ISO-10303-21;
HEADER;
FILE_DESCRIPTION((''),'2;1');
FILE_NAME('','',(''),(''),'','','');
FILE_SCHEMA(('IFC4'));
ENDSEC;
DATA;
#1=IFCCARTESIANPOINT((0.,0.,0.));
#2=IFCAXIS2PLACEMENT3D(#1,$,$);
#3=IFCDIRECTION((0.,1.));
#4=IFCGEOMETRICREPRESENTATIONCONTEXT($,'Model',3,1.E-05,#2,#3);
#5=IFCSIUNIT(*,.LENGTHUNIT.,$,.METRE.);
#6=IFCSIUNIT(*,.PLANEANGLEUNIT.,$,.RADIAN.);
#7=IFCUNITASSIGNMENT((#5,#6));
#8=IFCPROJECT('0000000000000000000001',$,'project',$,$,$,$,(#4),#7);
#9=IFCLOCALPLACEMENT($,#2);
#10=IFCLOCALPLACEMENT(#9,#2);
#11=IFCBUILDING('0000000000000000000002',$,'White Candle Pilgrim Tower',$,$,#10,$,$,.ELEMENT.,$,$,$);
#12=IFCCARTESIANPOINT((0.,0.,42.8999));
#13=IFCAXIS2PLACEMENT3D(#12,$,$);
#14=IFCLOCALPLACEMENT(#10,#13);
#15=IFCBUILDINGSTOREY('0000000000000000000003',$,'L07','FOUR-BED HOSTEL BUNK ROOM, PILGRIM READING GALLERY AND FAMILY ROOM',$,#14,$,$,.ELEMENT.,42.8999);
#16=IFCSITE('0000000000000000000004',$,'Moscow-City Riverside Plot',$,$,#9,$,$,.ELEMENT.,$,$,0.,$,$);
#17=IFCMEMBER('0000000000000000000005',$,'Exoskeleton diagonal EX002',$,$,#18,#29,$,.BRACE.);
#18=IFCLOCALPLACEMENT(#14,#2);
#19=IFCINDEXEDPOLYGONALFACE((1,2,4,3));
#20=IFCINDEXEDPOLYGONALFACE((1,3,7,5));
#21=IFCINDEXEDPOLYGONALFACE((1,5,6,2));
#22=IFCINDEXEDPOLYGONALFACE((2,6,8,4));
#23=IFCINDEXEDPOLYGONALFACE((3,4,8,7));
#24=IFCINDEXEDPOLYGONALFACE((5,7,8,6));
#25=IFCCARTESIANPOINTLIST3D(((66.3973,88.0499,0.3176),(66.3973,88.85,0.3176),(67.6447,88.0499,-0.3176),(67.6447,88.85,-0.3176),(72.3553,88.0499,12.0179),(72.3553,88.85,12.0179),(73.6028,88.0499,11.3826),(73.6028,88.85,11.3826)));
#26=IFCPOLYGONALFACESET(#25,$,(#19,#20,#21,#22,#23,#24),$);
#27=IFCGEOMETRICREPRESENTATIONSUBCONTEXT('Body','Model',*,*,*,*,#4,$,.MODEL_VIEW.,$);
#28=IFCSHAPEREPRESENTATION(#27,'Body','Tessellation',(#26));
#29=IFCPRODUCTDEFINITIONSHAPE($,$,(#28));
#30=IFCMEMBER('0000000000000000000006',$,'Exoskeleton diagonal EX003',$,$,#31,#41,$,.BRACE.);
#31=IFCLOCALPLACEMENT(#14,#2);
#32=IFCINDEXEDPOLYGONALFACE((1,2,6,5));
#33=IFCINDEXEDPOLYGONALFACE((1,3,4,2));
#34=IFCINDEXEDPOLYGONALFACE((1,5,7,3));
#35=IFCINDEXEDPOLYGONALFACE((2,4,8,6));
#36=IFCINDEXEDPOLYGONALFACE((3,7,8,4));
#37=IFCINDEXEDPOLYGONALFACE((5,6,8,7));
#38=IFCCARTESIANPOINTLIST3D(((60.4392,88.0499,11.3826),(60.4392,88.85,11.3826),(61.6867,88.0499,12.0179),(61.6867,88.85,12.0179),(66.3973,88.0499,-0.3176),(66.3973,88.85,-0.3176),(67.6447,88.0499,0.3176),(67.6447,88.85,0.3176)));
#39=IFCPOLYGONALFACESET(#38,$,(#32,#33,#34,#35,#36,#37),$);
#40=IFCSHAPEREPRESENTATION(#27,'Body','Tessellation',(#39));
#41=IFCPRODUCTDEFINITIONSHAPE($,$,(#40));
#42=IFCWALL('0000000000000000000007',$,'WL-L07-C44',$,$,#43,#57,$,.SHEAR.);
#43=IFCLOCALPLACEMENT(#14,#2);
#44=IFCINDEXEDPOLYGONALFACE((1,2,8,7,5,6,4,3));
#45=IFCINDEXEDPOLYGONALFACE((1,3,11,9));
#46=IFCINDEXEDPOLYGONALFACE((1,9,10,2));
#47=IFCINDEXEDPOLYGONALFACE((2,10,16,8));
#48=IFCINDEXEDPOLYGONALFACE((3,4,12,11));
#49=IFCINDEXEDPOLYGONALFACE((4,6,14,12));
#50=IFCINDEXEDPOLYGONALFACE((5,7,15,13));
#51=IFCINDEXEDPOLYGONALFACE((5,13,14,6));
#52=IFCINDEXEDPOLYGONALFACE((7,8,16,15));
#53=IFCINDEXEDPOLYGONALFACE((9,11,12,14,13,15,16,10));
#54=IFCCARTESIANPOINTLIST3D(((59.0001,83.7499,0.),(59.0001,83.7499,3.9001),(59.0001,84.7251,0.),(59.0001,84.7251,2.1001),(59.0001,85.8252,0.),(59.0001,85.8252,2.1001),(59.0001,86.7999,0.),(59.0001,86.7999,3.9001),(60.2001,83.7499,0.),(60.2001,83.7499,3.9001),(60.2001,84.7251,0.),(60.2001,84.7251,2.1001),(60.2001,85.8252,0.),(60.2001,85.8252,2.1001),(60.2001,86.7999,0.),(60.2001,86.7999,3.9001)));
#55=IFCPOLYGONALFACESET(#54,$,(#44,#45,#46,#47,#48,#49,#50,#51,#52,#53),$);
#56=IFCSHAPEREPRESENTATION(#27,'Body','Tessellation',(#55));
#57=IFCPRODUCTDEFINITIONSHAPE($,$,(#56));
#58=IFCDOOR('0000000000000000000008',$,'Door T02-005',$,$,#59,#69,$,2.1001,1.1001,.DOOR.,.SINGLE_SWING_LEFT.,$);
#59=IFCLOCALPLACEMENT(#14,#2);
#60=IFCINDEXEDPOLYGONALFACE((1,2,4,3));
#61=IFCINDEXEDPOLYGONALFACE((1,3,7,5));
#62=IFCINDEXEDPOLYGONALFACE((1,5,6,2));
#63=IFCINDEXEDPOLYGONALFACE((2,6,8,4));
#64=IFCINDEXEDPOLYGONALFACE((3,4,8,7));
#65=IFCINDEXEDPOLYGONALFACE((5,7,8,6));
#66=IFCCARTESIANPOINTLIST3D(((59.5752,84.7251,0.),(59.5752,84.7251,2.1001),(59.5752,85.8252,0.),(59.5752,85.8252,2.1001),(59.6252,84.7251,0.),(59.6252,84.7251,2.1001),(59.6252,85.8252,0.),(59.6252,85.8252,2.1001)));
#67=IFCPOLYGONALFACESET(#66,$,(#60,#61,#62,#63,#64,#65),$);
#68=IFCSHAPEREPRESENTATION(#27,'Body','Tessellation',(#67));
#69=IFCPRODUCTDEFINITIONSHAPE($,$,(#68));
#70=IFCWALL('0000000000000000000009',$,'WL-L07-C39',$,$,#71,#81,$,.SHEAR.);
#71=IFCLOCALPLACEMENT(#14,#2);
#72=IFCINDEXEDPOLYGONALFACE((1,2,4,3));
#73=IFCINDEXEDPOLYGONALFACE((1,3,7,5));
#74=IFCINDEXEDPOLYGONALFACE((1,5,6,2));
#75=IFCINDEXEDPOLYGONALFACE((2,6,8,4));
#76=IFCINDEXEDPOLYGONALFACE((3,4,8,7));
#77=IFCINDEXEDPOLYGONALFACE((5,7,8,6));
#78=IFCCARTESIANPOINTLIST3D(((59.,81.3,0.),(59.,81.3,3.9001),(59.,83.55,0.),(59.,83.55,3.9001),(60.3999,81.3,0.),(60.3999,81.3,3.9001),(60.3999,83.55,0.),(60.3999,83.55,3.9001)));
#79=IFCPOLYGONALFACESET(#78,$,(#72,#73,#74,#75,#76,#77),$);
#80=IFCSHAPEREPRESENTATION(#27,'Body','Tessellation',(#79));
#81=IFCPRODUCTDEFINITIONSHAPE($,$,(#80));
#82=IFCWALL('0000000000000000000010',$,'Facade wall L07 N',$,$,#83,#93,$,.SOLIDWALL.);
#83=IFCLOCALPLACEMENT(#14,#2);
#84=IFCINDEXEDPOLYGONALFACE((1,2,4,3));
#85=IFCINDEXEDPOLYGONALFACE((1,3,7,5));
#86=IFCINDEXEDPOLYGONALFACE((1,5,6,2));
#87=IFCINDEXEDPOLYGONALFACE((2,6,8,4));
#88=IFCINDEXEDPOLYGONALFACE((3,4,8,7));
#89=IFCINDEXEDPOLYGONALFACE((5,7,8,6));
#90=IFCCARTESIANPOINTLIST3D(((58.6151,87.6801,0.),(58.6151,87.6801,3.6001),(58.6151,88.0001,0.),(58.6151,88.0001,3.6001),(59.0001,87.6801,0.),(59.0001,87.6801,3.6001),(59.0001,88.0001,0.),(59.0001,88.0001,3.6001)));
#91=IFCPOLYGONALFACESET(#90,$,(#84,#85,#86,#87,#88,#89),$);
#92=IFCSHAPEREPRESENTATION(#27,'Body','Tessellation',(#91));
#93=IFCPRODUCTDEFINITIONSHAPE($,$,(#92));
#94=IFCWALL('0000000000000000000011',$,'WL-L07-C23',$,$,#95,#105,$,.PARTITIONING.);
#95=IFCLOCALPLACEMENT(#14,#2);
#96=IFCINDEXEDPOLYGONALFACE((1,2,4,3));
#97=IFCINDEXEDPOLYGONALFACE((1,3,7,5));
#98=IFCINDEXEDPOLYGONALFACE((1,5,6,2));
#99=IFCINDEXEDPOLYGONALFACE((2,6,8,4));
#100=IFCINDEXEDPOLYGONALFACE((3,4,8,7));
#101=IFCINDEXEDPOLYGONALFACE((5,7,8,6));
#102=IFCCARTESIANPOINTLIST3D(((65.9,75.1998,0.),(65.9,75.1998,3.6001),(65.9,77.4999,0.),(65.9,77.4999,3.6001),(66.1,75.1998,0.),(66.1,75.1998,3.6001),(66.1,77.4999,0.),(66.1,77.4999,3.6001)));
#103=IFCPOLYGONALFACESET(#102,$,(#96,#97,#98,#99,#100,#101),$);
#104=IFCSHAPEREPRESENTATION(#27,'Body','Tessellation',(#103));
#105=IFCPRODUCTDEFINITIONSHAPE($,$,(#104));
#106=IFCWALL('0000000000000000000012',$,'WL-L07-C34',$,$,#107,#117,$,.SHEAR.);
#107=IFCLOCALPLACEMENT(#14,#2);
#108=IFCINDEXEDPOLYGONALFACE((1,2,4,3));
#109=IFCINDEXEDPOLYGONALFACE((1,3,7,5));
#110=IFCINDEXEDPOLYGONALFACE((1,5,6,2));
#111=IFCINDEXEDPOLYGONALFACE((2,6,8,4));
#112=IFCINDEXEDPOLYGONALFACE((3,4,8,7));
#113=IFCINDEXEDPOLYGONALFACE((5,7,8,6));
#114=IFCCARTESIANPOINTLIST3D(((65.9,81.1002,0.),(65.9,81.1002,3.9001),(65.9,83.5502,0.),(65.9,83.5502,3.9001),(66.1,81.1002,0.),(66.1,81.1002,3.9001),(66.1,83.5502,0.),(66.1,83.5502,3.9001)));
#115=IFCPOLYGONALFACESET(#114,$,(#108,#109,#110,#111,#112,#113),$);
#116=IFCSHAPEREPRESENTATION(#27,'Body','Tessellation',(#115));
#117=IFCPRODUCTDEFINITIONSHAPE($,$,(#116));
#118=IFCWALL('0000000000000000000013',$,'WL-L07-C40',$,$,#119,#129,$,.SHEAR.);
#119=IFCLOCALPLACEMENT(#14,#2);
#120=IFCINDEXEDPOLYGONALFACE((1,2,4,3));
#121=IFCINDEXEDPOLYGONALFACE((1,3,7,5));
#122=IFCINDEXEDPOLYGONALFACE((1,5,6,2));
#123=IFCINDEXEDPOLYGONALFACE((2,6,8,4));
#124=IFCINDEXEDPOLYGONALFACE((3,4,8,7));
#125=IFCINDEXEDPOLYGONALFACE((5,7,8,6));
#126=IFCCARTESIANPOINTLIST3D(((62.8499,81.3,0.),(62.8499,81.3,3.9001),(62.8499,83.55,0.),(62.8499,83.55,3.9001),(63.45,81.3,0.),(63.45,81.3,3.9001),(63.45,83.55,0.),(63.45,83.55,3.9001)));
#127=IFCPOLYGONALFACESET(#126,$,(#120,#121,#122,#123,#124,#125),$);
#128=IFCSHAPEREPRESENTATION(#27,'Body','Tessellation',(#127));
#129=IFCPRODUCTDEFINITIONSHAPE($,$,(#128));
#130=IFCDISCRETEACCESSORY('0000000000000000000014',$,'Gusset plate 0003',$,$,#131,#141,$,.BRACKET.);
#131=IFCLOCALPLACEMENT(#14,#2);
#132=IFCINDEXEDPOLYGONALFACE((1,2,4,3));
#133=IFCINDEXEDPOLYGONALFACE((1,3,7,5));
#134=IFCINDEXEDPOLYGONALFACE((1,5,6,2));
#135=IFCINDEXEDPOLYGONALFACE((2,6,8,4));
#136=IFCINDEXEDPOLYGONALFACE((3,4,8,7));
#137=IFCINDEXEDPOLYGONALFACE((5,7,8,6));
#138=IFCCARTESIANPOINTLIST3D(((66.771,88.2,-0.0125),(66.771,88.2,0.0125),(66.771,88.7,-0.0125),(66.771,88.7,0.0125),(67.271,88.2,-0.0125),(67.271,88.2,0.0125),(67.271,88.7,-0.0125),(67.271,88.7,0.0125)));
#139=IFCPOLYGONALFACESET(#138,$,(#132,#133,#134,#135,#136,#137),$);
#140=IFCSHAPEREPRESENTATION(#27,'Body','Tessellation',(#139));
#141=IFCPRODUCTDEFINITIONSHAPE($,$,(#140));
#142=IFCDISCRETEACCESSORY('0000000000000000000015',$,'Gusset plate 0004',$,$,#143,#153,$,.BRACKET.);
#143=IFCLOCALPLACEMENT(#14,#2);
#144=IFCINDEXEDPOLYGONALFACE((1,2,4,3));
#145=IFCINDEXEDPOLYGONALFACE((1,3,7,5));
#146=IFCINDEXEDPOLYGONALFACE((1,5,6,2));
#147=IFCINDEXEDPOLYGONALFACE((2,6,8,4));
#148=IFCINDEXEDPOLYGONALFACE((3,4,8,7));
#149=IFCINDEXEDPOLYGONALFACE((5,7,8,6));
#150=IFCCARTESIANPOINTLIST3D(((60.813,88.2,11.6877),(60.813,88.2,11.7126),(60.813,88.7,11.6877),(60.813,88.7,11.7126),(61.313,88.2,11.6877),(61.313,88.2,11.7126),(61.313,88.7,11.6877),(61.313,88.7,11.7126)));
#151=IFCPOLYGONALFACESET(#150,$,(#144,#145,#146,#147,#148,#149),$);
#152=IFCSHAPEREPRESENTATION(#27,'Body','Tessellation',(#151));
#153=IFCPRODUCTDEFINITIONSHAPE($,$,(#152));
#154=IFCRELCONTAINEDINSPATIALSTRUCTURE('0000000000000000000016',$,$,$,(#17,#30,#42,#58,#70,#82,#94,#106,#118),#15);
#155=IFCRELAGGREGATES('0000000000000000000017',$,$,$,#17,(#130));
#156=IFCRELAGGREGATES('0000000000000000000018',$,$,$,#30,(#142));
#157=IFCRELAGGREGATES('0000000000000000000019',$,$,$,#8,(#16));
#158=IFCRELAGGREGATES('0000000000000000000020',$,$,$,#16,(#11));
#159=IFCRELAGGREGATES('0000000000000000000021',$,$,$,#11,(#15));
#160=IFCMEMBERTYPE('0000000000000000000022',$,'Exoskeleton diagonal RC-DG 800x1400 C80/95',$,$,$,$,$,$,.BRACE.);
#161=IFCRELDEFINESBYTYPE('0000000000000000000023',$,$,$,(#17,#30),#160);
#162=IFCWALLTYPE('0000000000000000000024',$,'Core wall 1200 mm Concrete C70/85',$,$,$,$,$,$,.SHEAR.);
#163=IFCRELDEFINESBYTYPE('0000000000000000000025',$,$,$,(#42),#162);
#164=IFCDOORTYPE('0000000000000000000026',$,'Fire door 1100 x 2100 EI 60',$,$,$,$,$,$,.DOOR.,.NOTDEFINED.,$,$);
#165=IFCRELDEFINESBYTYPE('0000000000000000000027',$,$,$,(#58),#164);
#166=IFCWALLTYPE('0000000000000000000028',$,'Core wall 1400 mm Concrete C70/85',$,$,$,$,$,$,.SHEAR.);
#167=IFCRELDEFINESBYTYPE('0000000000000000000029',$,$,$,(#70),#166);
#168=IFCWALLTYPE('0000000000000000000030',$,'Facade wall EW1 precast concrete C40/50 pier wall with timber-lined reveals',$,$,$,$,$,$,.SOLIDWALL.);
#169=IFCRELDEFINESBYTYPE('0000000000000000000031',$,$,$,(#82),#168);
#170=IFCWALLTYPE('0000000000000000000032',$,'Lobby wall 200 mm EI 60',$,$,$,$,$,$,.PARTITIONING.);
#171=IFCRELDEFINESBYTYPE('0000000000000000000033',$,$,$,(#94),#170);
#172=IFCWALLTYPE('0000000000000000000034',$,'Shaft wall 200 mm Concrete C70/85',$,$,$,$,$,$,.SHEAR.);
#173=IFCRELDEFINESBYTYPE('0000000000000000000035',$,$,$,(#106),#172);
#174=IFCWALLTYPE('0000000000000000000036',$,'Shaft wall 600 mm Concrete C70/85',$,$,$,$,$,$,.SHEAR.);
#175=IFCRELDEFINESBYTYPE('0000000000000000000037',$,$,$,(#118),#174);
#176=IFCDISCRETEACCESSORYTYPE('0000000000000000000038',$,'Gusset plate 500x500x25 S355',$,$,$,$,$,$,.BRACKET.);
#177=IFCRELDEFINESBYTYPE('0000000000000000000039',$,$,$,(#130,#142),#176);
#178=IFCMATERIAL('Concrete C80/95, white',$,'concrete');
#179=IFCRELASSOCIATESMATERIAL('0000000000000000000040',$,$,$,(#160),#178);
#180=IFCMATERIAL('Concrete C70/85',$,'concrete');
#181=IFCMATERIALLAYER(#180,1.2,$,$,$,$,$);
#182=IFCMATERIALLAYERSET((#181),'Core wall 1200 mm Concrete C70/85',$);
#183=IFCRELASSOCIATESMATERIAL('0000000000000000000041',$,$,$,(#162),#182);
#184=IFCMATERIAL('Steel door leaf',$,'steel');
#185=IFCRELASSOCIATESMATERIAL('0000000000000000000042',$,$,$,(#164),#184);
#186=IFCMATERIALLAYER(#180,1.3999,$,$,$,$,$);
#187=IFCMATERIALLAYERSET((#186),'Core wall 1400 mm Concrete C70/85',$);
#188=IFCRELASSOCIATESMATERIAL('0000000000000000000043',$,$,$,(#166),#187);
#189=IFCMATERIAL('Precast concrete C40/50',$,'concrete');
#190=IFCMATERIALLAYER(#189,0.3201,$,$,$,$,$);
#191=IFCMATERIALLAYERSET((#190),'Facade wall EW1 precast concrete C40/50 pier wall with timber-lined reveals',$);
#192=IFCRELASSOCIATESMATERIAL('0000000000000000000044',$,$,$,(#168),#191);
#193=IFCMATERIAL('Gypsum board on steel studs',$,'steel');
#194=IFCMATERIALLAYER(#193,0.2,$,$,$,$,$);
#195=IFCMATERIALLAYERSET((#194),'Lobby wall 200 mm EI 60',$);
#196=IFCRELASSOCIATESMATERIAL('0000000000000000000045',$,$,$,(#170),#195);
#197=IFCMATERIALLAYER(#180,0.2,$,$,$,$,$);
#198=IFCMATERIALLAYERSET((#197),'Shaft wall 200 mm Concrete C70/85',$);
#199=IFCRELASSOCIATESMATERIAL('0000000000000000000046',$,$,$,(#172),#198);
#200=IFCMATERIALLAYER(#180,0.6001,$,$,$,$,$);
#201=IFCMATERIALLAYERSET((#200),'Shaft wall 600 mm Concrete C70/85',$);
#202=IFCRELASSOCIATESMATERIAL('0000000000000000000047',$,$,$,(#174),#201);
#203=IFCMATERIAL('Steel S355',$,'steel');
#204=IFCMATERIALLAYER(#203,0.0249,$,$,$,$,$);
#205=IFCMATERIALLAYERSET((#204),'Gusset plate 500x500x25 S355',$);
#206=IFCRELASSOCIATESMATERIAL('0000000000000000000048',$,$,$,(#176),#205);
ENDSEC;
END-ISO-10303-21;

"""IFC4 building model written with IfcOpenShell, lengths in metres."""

from ifc_helpers import new_model, si_unit, direction, frame, frame_2d, origin, origin_2d, place, context, subcontext, project, spatial, rectangle, extrude, material, layer, layer_set, material_profile, profile_set, type_object, element, fill, aggregate, save


model = new_model("IFC4")

# Units and contexts
model_context = context("Model", 3, precision=1e-05, world=origin(), true_north=direction((0.0, 1.0)))
body_context = subcontext(model_context, "Body", "Model", "MODEL_VIEW")
ifc_project = project(units=[si_unit("LENGTHUNIT", "METRE"), si_unit("PLANEANGLEUNIT", "RADIAN")], contexts=[model_context])

# Site, building, storey
site_placement = place(None, origin())
site = spatial("IfcSite", under=ifc_project, at=site_placement, Name="Moscow-City Riverside Plot", CompositionType="ELEMENT", RefElevation=0.0)
building_placement = place(site_placement, origin())
building = spatial("IfcBuilding", under=site, at=building_placement, Name="White Candle Pilgrim Tower", CompositionType="ELEMENT")
storey_placement = place(building_placement, frame((0.0, 0.0, 42.8999)))
storey = spatial("IfcBuildingStorey", under=building, at=storey_placement, Name="L07", Description="FOUR-BED HOSTEL BUNK ROOM, PILGRIM READING GALLERY AND FAMILY ROOM", CompositionType="ELEMENT", Elevation=42.8999)

# Members
ifc_material_1 = material(Name="Concrete C80/95, white", Category="concrete")
ifc_material_profile = material_profile(ifc_material_1, rectangle(XDim=0.8, YDim=1.3999, at=origin_2d()), Name="RC-DG 800x1400")
ifc_profile_set = profile_set([ifc_material_profile], Name="Concrete C80/95, white")
member_type = type_object("IfcMemberType", Name="Exoskeleton diagonal RC-DG 800x1400 C80/95", PredefinedType="BRACE", material=ifc_profile_set)
member_1_placement = place(storey_placement, frame((67.021, 88.45, 0.0), z_axis=(0.453776, 0.0, 0.891116), x_axis=(0.0, 1.0, 0.0)))
member_1 = element("IfcMember", 1, at=member_1_placement, inside=storey, type_object=member_type, Name="Exoskeleton diagonal EX002", PredefinedType="BRACE", context=body_context, shape_type="SweptSolid", body=[
    extrude(rectangle(XDim=0.8, YDim=1.3999, at=origin_2d()), origin(), (0.0, 0.0, 1.0), 13.1299),
])
member_2_placement = place(storey_placement, frame((67.021, 88.45, 0.0), z_axis=(-0.453776, 0.0, 0.891116), x_axis=(0.0, -1.0, 0.0)))
member_2 = element("IfcMember", 2, at=member_2_placement, inside=storey, type_object=member_type, Name="Exoskeleton diagonal EX003", PredefinedType="BRACE", context=body_context, shape_type="SweptSolid", body=[
    extrude(rectangle(XDim=0.8, YDim=1.3999, at=origin_2d()), origin(), (0.0, 0.0, 1.0), 13.1299),
])

# Wall, opening, door
ifc_material_2 = material(Name="Concrete C70/85", Category="concrete")
ifc_layer_1 = layer(ifc_material_2, 1.2)
ifc_layer_set_1 = layer_set([ifc_layer_1], Name="Core wall 1200 mm Concrete C70/85")
wall_type_1 = type_object("IfcWallType", Name="Core wall 1200 mm Concrete C70/85", PredefinedType="SHEAR", material=ifc_layer_set_1)
wall_1_placement = place(storey_placement, frame((59.6001, 83.75, 0.0), z_axis=(0.0, 0.0, 1.0), x_axis=(0.0, 1.0, 0.0)))
wall_1 = element("IfcWall", 3, at=wall_1_placement, inside=storey, type_object=wall_type_1, Name="WL-L07-C44", PredefinedType="SHEAR", context=body_context, shape_type="SweptSolid", body=[
    extrude(rectangle(XDim=3.05, YDim=1.2, at=frame_2d((1.5249, 0.0))), origin(), (0.0, 0.0, 1.0), 3.9001),
])
opening_1_placement = place(wall_1_placement, frame((0.9751, 0.0, 0.0)))
opening_1 = element("IfcOpeningElement", 4, at=opening_1_placement, cuts=wall_1, PredefinedType="OPENING", context=body_context, shape_type="SweptSolid", body=[
    extrude(rectangle(XDim=1.1001, YDim=2.1001, at=frame_2d((0.55, 1.05))), frame((0.0, 0.6099, 0.0), z_axis=(0.0, -1.0, 0.0), x_axis=(1.0, 0.0, 0.0)), (0.0, 0.0, 1.0), 1.22),
])
ifc_material_3 = material(Name="Steel door leaf", Category="steel")
door_type_1 = type_object("IfcDoorType", Name="Fire door 1100 x 2100 EI 60", OperationType="NOTDEFINED", PredefinedType="DOOR", material=ifc_material_3)
door_1_placement = place(opening_1_placement, origin())
door_1 = element("IfcDoor", 5, at=door_1_placement, inside=storey, type_object=door_type_1, Name="Door T02-005", OperationType="SINGLE_SWING_LEFT", OverallHeight=2.1001, OverallWidth=1.1001, PredefinedType="DOOR", context=body_context, shape_type="SweptSolid", body=[
    extrude(rectangle(XDim=1.1001, YDim=2.1001, at=frame_2d((0.55, 1.05))), frame((0.0, 0.0249, 0.0), z_axis=(0.0, -1.0, 0.0), x_axis=(1.0, 0.0, 0.0)), (0.0, 0.0, 1.0), 0.05),
])
fill(opening_1, door_1)

# Walls
ifc_layer_2 = layer(ifc_material_2, 1.3999)
ifc_layer_set_2 = layer_set([ifc_layer_2], Name="Core wall 1400 mm Concrete C70/85")
wall_type_2 = type_object("IfcWallType", Name="Core wall 1400 mm Concrete C70/85", PredefinedType="SHEAR", material=ifc_layer_set_2)
wall_2_placement = place(storey_placement, frame((59.7, 81.3, 0.0), z_axis=(0.0, 0.0, 1.0), x_axis=(0.0, 1.0, 0.0)))
element("IfcWall", 6, at=wall_2_placement, inside=storey, type_object=wall_type_2, Name="WL-L07-C39", PredefinedType="SHEAR", context=body_context, shape_type="SweptSolid", body=[
    extrude(rectangle(XDim=2.25, YDim=1.3999, at=frame_2d((1.125, 0.0))), origin(), (0.0, 0.0, 1.0), 3.9001),
])
ifc_material_4 = material(Name="Precast concrete C40/50", Category="concrete")
ifc_layer_3 = layer(ifc_material_4, 0.3201)
ifc_layer_set_3 = layer_set([ifc_layer_3], Name="Facade wall EW1 precast concrete C40/50 pier wall with timber-lined reveals")
wall_type_3 = type_object("IfcWallType", Name="Facade wall EW1 precast concrete C40/50 pier wall with timber-lined reveals", PredefinedType="SOLIDWALL", material=ifc_layer_set_3)
wall_3_placement = place(storey_placement, frame((59.0, 87.8401, 0.0), z_axis=(0.0, 0.0, 1.0), x_axis=(-1.0, 0.0, 0.0)))
element("IfcWall", 7, at=wall_3_placement, inside=storey, type_object=wall_type_3, Name="Facade wall L07 N", PredefinedType="SOLIDWALL", context=body_context, shape_type="SweptSolid", body=[
    extrude(rectangle(XDim=0.385, YDim=0.3201, at=frame_2d((0.1924, 0.0))), origin(), (0.0, 0.0, 1.0), 3.6001),
])
ifc_material_5 = material(Name="Gypsum board on steel studs", Category="steel")
ifc_layer_4 = layer(ifc_material_5, 0.2)
ifc_layer_set_4 = layer_set([ifc_layer_4], Name="Lobby wall 200 mm EI 60")
wall_type_4 = type_object("IfcWallType", Name="Lobby wall 200 mm EI 60", PredefinedType="PARTITIONING", material=ifc_layer_set_4)
wall_4_placement = place(storey_placement, frame((66.0, 75.2, 0.0), z_axis=(0.0, 0.0, 1.0), x_axis=(0.0, 1.0, 0.0)))
element("IfcWall", 8, at=wall_4_placement, inside=storey, type_object=wall_type_4, Name="WL-L07-C23", PredefinedType="PARTITIONING", context=body_context, shape_type="SweptSolid", body=[
    extrude(rectangle(XDim=2.3, YDim=0.2, at=frame_2d((1.1499, 0.0))), origin(), (0.0, 0.0, 1.0), 3.6001),
])
ifc_layer_5 = layer(ifc_material_2, 0.2)
ifc_layer_set_5 = layer_set([ifc_layer_5], Name="Shaft wall 200 mm Concrete C70/85")
wall_type_5 = type_object("IfcWallType", Name="Shaft wall 200 mm Concrete C70/85", PredefinedType="SHEAR", material=ifc_layer_set_5)
wall_5_placement = place(storey_placement, frame((66.0, 81.1001, 0.0), z_axis=(0.0, 0.0, 1.0), x_axis=(0.0, 1.0, 0.0)))
element("IfcWall", 9, at=wall_5_placement, inside=storey, type_object=wall_type_5, Name="WL-L07-C34", PredefinedType="SHEAR", context=body_context, shape_type="SweptSolid", body=[
    extrude(rectangle(XDim=2.45, YDim=0.2, at=frame_2d((1.2251, 0.0))), origin(), (0.0, 0.0, 1.0), 3.9001),
])
ifc_layer_6 = layer(ifc_material_2, 0.6001)
ifc_layer_set_6 = layer_set([ifc_layer_6], Name="Shaft wall 600 mm Concrete C70/85")
wall_type_6 = type_object("IfcWallType", Name="Shaft wall 600 mm Concrete C70/85", PredefinedType="SHEAR", material=ifc_layer_set_6)
wall_6_placement = place(storey_placement, frame((63.1499, 81.3, 0.0), z_axis=(0.0, 0.0, 1.0), x_axis=(0.0, 1.0, 0.0)))
element("IfcWall", 10, at=wall_6_placement, inside=storey, type_object=wall_type_6, Name="WL-L07-C40", PredefinedType="SHEAR", context=body_context, shape_type="SweptSolid", body=[
    extrude(rectangle(XDim=2.25, YDim=0.6001, at=frame_2d((1.125, 0.0))), origin(), (0.0, 0.0, 1.0), 3.9001),
])

# Discrete accessories
ifc_material_6 = material(Name="Steel S355", Category="steel")
ifc_layer_7 = layer(ifc_material_6, 0.0249)
ifc_layer_set_7 = layer_set([ifc_layer_7], Name="Gusset plate 500x500x25 S355")
discrete_accessory_type = type_object("IfcDiscreteAccessoryType", Name="Gusset plate 500x500x25 S355", PredefinedType="BRACKET", material=ifc_layer_set_7)
discrete_accessory_1_placement = place(storey_placement, frame((67.021, 88.45, -0.0125), z_axis=(0.0, 0.0, 1.0), x_axis=(1.0, 0.0, 0.0)))
discrete_accessory_1 = element("IfcDiscreteAccessory", 11, at=discrete_accessory_1_placement, type_object=discrete_accessory_type, Name="Gusset plate 0003", PredefinedType="BRACKET", context=body_context, shape_type="SweptSolid", body=[
    extrude(rectangle(XDim=0.5, YDim=0.5, at=origin_2d()), origin(), (0.0, 0.0, 1.0), 0.0249),
])
aggregate(member_1, [discrete_accessory_1])
placement = place(building_placement, frame((0.0, 0.0, 54.6001)))
discrete_accessory_2_placement = place(placement, frame((61.063, 88.45, -0.0125), z_axis=(0.0, 0.0, 1.0), x_axis=(1.0, 0.0, 0.0)))
discrete_accessory_2 = element("IfcDiscreteAccessory", 12, at=discrete_accessory_2_placement, type_object=discrete_accessory_type, Name="Gusset plate 0004", PredefinedType="BRACKET", context=body_context, shape_type="SweptSolid", body=[
    extrude(rectangle(XDim=0.5, YDim=0.5, at=origin_2d()), origin(), (0.0, 0.0, 1.0), 0.0249),
])
aggregate(member_2, [discrete_accessory_2])

save(model, "model.ifc")
